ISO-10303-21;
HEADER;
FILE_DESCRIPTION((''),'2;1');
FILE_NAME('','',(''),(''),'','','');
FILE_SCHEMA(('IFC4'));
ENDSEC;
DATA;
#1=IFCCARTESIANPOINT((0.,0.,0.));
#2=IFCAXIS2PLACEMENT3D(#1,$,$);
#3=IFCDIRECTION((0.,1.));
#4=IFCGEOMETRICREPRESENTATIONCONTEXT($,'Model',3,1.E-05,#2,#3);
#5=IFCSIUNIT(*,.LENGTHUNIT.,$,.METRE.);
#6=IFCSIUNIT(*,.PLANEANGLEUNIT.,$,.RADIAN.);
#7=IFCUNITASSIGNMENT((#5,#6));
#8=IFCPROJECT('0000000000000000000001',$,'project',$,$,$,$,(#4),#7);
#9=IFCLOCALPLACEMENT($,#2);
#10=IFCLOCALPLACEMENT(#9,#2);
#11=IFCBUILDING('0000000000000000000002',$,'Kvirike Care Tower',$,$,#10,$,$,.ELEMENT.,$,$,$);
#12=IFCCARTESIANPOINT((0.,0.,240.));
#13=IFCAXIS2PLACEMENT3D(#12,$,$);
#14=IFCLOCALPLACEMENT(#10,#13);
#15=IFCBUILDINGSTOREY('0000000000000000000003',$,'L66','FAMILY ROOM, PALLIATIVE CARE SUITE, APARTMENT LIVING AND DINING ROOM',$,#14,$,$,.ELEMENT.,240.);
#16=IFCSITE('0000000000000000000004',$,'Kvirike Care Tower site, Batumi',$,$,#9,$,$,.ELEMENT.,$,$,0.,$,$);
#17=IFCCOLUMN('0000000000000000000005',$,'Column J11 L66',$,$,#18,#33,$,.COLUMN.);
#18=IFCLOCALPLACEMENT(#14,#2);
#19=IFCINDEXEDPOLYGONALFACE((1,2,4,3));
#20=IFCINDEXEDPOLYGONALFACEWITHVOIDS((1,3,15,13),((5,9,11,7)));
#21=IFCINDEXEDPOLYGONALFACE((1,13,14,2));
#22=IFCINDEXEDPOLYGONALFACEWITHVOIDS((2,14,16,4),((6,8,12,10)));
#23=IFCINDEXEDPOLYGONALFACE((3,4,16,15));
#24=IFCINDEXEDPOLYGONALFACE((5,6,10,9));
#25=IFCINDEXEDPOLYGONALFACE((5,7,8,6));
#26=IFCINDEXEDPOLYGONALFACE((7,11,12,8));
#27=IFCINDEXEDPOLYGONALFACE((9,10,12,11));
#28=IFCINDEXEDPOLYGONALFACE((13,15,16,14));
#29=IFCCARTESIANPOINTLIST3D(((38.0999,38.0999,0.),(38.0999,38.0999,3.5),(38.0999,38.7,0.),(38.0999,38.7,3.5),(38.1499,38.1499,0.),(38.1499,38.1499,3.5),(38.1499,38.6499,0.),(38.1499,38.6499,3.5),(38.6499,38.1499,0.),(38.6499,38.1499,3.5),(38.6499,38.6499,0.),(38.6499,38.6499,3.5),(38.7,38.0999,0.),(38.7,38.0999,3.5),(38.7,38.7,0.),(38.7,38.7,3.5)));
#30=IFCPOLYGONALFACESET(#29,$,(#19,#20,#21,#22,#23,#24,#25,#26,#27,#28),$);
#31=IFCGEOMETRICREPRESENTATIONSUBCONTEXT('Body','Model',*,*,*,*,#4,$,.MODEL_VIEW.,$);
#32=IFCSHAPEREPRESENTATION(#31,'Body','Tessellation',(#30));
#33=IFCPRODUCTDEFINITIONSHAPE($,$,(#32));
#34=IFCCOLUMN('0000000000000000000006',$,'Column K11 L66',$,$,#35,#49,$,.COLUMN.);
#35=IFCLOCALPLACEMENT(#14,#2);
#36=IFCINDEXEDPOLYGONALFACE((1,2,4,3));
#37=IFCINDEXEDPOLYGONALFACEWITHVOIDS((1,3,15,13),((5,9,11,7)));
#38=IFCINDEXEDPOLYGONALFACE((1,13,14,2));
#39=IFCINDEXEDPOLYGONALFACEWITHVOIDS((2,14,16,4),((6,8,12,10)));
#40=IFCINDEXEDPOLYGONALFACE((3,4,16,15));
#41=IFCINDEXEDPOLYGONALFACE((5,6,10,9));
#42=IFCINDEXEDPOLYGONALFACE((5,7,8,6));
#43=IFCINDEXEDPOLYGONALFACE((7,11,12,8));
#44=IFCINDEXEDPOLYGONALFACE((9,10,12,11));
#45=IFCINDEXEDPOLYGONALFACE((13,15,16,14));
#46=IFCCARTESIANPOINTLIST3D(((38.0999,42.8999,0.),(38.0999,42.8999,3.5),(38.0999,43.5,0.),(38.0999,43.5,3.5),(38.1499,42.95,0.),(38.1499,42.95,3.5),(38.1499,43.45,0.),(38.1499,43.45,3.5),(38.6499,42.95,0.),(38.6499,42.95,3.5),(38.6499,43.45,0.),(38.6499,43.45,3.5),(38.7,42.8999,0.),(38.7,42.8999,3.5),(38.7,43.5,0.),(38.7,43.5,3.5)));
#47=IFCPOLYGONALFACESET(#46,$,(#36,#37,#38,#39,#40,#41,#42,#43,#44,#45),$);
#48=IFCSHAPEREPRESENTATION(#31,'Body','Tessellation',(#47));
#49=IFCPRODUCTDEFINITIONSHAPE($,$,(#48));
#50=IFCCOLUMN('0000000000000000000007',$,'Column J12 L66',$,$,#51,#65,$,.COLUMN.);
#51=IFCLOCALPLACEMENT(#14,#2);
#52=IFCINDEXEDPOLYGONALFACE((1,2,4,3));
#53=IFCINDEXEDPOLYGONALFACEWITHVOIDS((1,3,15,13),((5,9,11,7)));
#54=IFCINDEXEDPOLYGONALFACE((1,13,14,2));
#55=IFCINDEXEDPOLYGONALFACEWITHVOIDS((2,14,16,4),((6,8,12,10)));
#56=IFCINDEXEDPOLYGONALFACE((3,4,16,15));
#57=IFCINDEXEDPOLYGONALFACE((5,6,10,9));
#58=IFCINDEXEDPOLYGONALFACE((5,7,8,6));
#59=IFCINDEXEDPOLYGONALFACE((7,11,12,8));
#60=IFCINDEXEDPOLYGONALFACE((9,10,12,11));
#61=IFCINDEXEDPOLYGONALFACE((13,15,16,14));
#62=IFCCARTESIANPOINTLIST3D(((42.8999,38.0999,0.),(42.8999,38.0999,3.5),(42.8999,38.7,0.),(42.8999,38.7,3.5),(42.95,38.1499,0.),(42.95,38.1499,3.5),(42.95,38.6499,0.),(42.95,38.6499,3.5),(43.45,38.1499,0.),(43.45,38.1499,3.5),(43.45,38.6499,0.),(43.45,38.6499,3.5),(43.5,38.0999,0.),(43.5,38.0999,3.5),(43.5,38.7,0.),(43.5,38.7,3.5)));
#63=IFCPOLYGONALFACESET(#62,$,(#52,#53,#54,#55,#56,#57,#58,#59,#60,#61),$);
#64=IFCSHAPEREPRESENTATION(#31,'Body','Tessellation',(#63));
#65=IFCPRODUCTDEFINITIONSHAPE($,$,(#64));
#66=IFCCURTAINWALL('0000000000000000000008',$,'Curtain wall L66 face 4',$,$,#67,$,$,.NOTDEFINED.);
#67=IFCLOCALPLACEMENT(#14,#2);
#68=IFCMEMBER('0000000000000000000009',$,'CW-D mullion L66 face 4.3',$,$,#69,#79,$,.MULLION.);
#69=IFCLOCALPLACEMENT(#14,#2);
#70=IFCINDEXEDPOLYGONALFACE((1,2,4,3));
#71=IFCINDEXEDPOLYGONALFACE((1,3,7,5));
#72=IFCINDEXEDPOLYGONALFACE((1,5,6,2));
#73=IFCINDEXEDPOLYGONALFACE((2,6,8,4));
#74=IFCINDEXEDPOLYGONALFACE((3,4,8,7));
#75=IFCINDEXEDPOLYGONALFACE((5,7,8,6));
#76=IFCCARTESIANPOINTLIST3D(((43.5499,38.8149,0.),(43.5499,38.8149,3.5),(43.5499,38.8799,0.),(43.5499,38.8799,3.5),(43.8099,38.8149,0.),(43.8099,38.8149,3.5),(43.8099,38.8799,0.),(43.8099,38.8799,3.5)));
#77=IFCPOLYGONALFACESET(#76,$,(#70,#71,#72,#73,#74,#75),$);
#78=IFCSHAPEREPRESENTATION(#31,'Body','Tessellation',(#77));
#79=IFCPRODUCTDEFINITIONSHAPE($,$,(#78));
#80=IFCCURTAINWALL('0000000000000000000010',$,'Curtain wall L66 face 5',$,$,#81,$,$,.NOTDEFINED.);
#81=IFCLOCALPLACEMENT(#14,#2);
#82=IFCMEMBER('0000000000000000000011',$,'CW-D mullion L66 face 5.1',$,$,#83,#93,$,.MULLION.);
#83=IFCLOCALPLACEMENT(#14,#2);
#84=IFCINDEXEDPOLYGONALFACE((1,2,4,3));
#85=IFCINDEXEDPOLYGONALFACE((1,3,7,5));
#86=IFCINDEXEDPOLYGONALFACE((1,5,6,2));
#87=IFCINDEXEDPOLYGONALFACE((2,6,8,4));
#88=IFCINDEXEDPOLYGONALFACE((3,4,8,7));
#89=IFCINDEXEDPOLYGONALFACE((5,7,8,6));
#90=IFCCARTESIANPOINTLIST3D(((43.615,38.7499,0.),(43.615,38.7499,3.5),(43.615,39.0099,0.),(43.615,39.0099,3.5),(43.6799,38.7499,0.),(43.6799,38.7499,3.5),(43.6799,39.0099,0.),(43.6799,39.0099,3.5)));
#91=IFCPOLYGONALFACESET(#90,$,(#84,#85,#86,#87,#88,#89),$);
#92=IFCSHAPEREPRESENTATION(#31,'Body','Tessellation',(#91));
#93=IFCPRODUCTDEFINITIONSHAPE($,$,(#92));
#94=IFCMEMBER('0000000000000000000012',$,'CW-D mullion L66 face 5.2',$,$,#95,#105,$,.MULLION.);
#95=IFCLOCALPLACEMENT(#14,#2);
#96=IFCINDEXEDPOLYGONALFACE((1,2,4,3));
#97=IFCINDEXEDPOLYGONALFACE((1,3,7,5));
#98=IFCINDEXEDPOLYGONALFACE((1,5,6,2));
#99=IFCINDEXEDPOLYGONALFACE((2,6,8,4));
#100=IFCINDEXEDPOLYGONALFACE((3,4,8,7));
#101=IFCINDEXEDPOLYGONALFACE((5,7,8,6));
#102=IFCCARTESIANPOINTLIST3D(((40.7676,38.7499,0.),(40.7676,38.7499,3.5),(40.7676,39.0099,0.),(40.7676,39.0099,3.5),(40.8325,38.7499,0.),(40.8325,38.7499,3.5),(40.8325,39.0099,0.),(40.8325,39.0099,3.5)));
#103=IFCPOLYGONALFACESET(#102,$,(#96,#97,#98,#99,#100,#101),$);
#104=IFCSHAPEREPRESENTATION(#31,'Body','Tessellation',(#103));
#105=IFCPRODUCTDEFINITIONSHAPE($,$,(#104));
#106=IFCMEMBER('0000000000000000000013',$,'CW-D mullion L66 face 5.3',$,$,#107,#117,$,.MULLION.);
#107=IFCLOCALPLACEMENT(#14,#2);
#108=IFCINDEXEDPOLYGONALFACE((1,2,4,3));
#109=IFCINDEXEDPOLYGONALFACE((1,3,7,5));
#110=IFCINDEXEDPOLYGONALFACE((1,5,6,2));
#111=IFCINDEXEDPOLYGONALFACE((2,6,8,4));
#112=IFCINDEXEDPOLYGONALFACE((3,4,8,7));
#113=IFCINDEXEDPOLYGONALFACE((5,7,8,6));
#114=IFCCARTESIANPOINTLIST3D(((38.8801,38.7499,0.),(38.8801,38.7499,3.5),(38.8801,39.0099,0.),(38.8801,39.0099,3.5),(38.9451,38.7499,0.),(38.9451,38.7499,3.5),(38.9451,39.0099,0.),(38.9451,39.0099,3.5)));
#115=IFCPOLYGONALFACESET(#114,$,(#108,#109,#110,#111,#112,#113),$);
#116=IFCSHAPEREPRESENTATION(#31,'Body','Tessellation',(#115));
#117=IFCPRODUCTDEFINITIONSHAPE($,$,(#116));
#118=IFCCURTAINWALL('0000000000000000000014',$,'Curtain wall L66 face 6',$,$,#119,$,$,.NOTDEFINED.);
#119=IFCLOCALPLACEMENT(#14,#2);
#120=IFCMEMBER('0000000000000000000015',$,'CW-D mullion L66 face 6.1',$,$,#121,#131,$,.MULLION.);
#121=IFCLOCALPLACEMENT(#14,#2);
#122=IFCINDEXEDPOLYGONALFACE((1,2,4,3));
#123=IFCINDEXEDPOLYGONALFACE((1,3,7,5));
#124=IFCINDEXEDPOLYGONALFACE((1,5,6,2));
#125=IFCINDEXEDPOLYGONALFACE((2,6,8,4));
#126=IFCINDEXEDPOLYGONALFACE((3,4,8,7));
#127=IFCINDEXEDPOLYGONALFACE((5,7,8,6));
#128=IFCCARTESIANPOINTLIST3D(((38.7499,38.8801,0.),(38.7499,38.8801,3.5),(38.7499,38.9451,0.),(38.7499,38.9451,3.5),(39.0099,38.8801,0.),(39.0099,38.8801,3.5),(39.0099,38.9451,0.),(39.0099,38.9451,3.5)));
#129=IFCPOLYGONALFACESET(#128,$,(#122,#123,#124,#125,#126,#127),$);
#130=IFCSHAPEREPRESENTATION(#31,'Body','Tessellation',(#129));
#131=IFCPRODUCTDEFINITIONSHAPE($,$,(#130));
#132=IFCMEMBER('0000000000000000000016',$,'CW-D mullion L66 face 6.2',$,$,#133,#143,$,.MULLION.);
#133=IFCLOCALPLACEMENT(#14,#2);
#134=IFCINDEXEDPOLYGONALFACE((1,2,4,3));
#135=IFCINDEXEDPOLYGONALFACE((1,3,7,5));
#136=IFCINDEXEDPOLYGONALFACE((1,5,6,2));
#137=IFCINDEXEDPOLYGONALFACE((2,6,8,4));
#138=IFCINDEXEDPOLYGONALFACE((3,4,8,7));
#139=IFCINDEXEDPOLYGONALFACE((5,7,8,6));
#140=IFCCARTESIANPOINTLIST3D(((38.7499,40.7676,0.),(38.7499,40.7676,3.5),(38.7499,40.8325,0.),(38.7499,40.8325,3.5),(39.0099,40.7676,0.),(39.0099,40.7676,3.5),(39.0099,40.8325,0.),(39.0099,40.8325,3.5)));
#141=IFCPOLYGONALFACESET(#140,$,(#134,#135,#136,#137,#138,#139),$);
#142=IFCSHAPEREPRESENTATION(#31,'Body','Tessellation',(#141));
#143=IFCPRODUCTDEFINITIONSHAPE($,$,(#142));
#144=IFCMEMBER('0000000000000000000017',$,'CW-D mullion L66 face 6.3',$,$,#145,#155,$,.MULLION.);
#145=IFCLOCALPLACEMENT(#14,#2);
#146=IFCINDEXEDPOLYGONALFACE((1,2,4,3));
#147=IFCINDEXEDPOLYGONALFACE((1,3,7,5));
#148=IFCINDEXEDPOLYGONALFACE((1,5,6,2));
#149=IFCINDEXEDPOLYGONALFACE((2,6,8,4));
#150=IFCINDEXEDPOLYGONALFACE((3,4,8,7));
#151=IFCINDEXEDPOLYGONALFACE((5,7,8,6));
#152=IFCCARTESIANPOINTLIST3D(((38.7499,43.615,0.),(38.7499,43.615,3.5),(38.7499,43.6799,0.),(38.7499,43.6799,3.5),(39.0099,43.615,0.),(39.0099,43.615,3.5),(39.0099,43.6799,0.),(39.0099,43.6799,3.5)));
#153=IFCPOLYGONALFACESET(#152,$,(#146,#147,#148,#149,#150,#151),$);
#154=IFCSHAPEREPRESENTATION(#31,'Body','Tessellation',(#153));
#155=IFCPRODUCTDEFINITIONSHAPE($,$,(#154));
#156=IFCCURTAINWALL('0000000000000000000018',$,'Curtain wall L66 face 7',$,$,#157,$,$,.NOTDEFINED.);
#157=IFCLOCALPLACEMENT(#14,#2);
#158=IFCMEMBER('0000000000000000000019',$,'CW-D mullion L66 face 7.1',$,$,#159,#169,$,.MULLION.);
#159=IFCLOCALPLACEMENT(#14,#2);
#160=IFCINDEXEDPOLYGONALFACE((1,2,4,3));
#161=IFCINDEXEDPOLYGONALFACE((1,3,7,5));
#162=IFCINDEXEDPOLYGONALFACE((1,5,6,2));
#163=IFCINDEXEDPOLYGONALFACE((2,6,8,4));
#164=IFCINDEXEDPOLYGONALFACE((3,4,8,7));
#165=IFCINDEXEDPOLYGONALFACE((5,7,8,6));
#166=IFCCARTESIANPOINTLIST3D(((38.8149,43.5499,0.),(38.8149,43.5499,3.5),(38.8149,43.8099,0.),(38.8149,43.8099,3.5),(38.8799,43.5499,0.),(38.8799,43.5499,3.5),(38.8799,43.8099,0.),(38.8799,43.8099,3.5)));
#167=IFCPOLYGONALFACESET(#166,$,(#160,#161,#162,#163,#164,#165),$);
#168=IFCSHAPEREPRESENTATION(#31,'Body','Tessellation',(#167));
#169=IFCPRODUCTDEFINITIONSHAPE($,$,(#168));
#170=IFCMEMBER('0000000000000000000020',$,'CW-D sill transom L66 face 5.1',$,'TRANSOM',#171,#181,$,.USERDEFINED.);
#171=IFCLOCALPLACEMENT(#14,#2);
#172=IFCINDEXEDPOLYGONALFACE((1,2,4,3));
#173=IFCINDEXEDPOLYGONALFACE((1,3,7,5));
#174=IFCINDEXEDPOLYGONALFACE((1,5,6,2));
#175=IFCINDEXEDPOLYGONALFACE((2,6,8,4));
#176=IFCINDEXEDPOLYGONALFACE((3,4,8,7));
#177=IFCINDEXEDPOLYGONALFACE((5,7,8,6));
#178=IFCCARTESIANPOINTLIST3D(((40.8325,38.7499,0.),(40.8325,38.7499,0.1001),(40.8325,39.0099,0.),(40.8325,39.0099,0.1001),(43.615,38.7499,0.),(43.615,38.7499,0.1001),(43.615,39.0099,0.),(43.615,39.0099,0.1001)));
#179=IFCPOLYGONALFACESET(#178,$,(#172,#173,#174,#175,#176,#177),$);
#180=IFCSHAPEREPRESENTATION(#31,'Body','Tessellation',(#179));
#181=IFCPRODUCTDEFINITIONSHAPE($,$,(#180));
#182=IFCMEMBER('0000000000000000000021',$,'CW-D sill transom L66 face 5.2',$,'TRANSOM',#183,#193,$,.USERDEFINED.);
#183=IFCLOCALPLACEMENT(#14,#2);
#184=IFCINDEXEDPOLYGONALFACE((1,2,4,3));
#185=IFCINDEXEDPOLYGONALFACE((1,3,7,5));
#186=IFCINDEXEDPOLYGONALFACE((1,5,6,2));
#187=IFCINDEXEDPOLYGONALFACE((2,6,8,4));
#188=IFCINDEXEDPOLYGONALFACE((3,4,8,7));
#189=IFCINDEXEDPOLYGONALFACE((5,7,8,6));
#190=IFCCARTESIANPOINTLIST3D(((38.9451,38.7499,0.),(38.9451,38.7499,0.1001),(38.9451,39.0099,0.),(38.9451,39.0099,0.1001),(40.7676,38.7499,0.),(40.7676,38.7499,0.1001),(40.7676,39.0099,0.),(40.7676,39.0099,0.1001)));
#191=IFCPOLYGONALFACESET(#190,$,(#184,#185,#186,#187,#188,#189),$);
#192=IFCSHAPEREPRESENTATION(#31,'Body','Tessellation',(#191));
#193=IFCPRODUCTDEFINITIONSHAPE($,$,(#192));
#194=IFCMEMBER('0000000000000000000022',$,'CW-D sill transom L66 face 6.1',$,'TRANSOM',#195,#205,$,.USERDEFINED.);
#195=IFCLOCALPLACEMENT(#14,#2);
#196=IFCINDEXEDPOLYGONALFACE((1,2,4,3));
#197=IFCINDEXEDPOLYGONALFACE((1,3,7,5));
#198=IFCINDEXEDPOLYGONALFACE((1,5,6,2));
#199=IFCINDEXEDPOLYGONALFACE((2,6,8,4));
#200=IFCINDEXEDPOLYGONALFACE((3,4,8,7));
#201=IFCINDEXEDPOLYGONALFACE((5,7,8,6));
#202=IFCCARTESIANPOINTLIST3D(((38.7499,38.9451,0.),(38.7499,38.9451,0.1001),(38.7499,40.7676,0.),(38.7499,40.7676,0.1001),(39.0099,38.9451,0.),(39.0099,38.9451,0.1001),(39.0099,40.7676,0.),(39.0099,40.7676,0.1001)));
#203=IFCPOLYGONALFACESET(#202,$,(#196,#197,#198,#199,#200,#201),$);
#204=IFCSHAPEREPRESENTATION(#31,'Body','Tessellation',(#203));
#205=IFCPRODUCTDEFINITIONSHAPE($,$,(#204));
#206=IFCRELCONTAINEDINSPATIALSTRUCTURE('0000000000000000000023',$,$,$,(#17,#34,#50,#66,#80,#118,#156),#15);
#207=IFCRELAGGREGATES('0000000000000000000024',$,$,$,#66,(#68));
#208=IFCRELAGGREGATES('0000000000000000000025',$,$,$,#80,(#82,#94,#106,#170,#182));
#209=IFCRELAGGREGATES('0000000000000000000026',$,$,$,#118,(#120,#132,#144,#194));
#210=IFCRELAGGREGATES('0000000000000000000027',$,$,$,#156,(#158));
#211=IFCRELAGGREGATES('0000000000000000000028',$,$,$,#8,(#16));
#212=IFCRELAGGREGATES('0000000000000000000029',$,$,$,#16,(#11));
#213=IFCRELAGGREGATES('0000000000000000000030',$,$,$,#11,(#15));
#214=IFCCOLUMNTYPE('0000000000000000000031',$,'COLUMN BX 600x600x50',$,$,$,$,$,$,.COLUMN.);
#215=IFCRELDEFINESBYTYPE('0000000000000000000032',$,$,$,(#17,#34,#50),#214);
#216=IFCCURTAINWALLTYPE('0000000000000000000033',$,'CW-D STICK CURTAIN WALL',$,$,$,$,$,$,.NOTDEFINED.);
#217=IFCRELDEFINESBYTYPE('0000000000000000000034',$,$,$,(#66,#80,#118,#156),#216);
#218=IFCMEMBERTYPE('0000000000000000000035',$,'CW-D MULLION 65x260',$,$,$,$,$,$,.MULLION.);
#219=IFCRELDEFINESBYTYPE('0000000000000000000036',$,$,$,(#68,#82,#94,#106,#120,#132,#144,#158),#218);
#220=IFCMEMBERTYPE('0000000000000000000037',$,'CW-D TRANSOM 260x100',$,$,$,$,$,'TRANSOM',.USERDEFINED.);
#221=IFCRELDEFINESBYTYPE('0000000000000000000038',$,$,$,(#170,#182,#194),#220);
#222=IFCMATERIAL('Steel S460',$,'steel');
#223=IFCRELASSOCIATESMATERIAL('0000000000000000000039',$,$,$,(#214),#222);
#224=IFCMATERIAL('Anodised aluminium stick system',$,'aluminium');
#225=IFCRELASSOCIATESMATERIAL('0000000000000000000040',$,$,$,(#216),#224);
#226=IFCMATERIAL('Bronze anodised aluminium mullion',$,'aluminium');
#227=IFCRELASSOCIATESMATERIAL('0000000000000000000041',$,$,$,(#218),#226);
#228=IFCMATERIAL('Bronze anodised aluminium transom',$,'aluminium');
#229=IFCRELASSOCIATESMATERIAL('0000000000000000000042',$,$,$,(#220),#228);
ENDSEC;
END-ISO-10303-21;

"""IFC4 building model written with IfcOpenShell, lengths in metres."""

from ifc_helpers import new_model, si_unit, direction, frame, origin, origin_2d, place, context, subcontext, project, spatial, rectangle, hollow_rectangle, extrude, material, material_profile, profile_set, type_object, element, aggregate, save


model = new_model("IFC4")

# Units and contexts
model_context = context("Model", 3, precision=1e-05, world=origin(), true_north=direction((0.0, 1.0)))
body_context = subcontext(model_context, "Body", "Model", "MODEL_VIEW")
ifc_project = project(units=[si_unit("LENGTHUNIT", "METRE"), si_unit("PLANEANGLEUNIT", "RADIAN")], contexts=[model_context])

# Site, building, storey
site_placement = place(None, origin())
site = spatial("IfcSite", under=ifc_project, at=site_placement, Name="Kvirike Care Tower site, Batumi", CompositionType="ELEMENT", RefElevation=0.0)
building_placement = place(site_placement, origin())
building = spatial("IfcBuilding", under=site, at=building_placement, Name="Kvirike Care Tower", CompositionType="ELEMENT")
storey_placement = place(building_placement, frame((0.0, 0.0, 240.0)))
storey = spatial("IfcBuildingStorey", under=building, at=storey_placement, Name="L66", Description="FAMILY ROOM, PALLIATIVE CARE SUITE, APARTMENT LIVING AND DINING ROOM", CompositionType="ELEMENT", Elevation=240.0)

# Columns
ifc_material_1 = material(Name="Steel S460", Category="steel")
ifc_material_profile_1 = material_profile(ifc_material_1, hollow_rectangle(XDim=0.6001, YDim=0.6001, WallThickness=0.05, at=origin_2d()), Name="BX 600x600x50")
ifc_profile_set_1 = profile_set([ifc_material_profile_1], Name="Steel S460")
column_type = type_object("IfcColumnType", Name="COLUMN BX 600x600x50", PredefinedType="COLUMN", material=ifc_profile_set_1)
for number, where, z_axis, x_axis, name in (
    (1, (38.3999, 38.3999, 0.0), (0.0, 0.0, 1.0), (0.0, 1.0, 0.0), "Column J11 L66"),
    (2, (38.3999, 43.2, 0.0), (0.0, 0.0, 1.0), (0.0, 1.0, 0.0), "Column K11 L66"),
    (3, (43.2, 38.3999, 0.0), (0.0, 0.0, 1.0), (0.0, 1.0, 0.0), "Column J12 L66"),
):
    element("IfcColumn", number, at=place(storey_placement, frame(where, z_axis=z_axis, x_axis=x_axis)), inside=storey, type_object=column_type, Name=name, PredefinedType="COLUMN", context=body_context, shape_type="SweptSolid", body=[
        extrude(hollow_rectangle(XDim=0.6001, YDim=0.6001, WallThickness=0.05, at=origin_2d()), origin(), (0.0, 0.0, 1.0), 3.5),
    ])

# Curtain wall, member
ifc_material_2 = material(Name="Anodised aluminium stick system", Category="aluminium")
curtain_wall_type = type_object("IfcCurtainWallType", Name="CW-D STICK CURTAIN WALL", PredefinedType="NOTDEFINED", material=ifc_material_2)
curtain_wall_1_placement = place(storey_placement, origin())
curtain_wall_1 = element("IfcCurtainWall", 4, at=curtain_wall_1_placement, inside=storey, type_object=curtain_wall_type, Name="Curtain wall L66 face 4", PredefinedType="NOTDEFINED")
ifc_material_3 = material(Name="Bronze anodised aluminium mullion", Category="aluminium")
ifc_material_profile_2 = material_profile(ifc_material_3, rectangle(XDim=0.0649, YDim=0.26, at=origin_2d()), Name="CW-D MULLION 65x260")
ifc_profile_set_2 = profile_set([ifc_material_profile_2], Name="Bronze anodised aluminium mullion")
member_type_1 = type_object("IfcMemberType", Name="CW-D MULLION 65x260", PredefinedType="MULLION", material=ifc_profile_set_2)
member_1_placement = place(storey_placement, frame((43.6799, 38.8474, 0.0), z_axis=(0.0, 0.0, 1.0), x_axis=(0.0, 1.0, 0.0)))
member_1 = element("IfcMember", 5, at=member_1_placement, type_object=member_type_1, Name="CW-D mullion L66 face 4.3", PredefinedType="MULLION", context=body_context, shape_type="SweptSolid", body=[
    extrude(rectangle(XDim=0.0649, YDim=0.26, at=origin_2d()), origin(), (0.0, 0.0, 1.0), 3.5),
])

# Curtain walls, members
curtain_wall_2_placement = place(storey_placement, origin())
curtain_wall_2 = element("IfcCurtainWall", 6, at=curtain_wall_2_placement, inside=storey, type_object=curtain_wall_type, Name="Curtain wall L66 face 5", PredefinedType="NOTDEFINED")
member_2_placement = place(storey_placement, frame((43.6475, 38.8799, 0.0), z_axis=(0.0, 0.0, 1.0), x_axis=(-1.0, 0.0, 0.0)))
member_2 = element("IfcMember", 7, at=member_2_placement, type_object=member_type_1, Name="CW-D mullion L66 face 5.1", PredefinedType="MULLION", context=body_context, shape_type="SweptSolid", body=[
    extrude(rectangle(XDim=0.0649, YDim=0.26, at=origin_2d()), origin(), (0.0, 0.0, 1.0), 3.5),
])
member_3_placement = place(storey_placement, frame((40.8, 38.8799, 0.0), z_axis=(0.0, 0.0, 1.0), x_axis=(-1.0, 0.0, 0.0)))
member_3 = element("IfcMember", 8, at=member_3_placement, type_object=member_type_1, Name="CW-D mullion L66 face 5.2", PredefinedType="MULLION", context=body_context, shape_type="SweptSolid", body=[
    extrude(rectangle(XDim=0.0649, YDim=0.26, at=origin_2d()), origin(), (0.0, 0.0, 1.0), 3.5),
])
member_4_placement = place(storey_placement, frame((38.9126, 38.8799, 0.0), z_axis=(0.0, 0.0, 1.0), x_axis=(-1.0, 0.0, 0.0)))
member_4 = element("IfcMember", 9, at=member_4_placement, type_object=member_type_1, Name="CW-D mullion L66 face 5.3", PredefinedType="MULLION", context=body_context, shape_type="SweptSolid", body=[
    extrude(rectangle(XDim=0.0649, YDim=0.26, at=origin_2d()), origin(), (0.0, 0.0, 1.0), 3.5),
])
curtain_wall_3_placement = place(storey_placement, origin())
curtain_wall_3 = element("IfcCurtainWall", 10, at=curtain_wall_3_placement, inside=storey, type_object=curtain_wall_type, Name="Curtain wall L66 face 6", PredefinedType="NOTDEFINED")
member_5_placement = place(storey_placement, frame((38.8799, 38.9126, 0.0), z_axis=(0.0, 0.0, 1.0), x_axis=(0.0, 1.0, 0.0)))
member_5 = element("IfcMember", 11, at=member_5_placement, type_object=member_type_1, Name="CW-D mullion L66 face 6.1", PredefinedType="MULLION", context=body_context, shape_type="SweptSolid", body=[
    extrude(rectangle(XDim=0.0649, YDim=0.26, at=origin_2d()), origin(), (0.0, 0.0, 1.0), 3.5),
])
member_6_placement = place(storey_placement, frame((38.8799, 40.8, 0.0), z_axis=(0.0, 0.0, 1.0), x_axis=(0.0, 1.0, 0.0)))
member_6 = element("IfcMember", 12, at=member_6_placement, type_object=member_type_1, Name="CW-D mullion L66 face 6.2", PredefinedType="MULLION", context=body_context, shape_type="SweptSolid", body=[
    extrude(rectangle(XDim=0.0649, YDim=0.26, at=origin_2d()), origin(), (0.0, 0.0, 1.0), 3.5),
])
member_7_placement = place(storey_placement, frame((38.8799, 43.6475, 0.0), z_axis=(0.0, 0.0, 1.0), x_axis=(0.0, 1.0, 0.0)))
member_7 = element("IfcMember", 13, at=member_7_placement, type_object=member_type_1, Name="CW-D mullion L66 face 6.3", PredefinedType="MULLION", context=body_context, shape_type="SweptSolid", body=[
    extrude(rectangle(XDim=0.0649, YDim=0.26, at=origin_2d()), origin(), (0.0, 0.0, 1.0), 3.5),
])

# Curtain wall, member
curtain_wall_4_placement = place(storey_placement, origin())
curtain_wall_4 = element("IfcCurtainWall", 14, at=curtain_wall_4_placement, inside=storey, type_object=curtain_wall_type, Name="Curtain wall L66 face 7", PredefinedType="NOTDEFINED")
member_8_placement = place(storey_placement, frame((38.8474, 43.6799, 0.0), z_axis=(0.0, 0.0, 1.0), x_axis=(-1.0, 0.0, 0.0)))
member_8 = element("IfcMember", 15, at=member_8_placement, type_object=member_type_1, Name="CW-D mullion L66 face 7.1", PredefinedType="MULLION", context=body_context, shape_type="SweptSolid", body=[
    extrude(rectangle(XDim=0.0649, YDim=0.26, at=origin_2d()), origin(), (0.0, 0.0, 1.0), 3.5),
])

# Members
ifc_material_4 = material(Name="Bronze anodised aluminium transom", Category="aluminium")
ifc_material_profile_3 = material_profile(ifc_material_4, rectangle(XDim=0.26, YDim=0.1001, at=origin_2d()), Name="CW-D TRANSOM 260x100")
ifc_profile_set_3 = profile_set([ifc_material_profile_3], Name="Bronze anodised aluminium transom")
member_type_2 = type_object("IfcMemberType", Name="CW-D TRANSOM 260x100", ElementType="TRANSOM", PredefinedType="USERDEFINED", material=ifc_profile_set_3)
member_9_placement = place(storey_placement, frame((43.615, 38.8799, 0.05), z_axis=(-1.0, 0.0, 0.0), x_axis=(0.0, -1.0, 0.0)))
member_9 = element("IfcMember", 16, at=member_9_placement, type_object=member_type_2, Name="CW-D sill transom L66 face 5.1", ObjectType="TRANSOM", PredefinedType="USERDEFINED", context=body_context, shape_type="SweptSolid", body=[
    extrude(rectangle(XDim=0.26, YDim=0.1001, at=origin_2d()), origin(), (0.0, 0.0, 1.0), 2.7825),
])
member_10_placement = place(storey_placement, frame((40.7676, 38.8799, 0.05), z_axis=(-1.0, 0.0, 0.0), x_axis=(0.0, -1.0, 0.0)))
member_10 = element("IfcMember", 17, at=member_10_placement, type_object=member_type_2, Name="CW-D sill transom L66 face 5.2", ObjectType="TRANSOM", PredefinedType="USERDEFINED", context=body_context, shape_type="SweptSolid", body=[
    extrude(rectangle(XDim=0.26, YDim=0.1001, at=origin_2d()), origin(), (0.0, 0.0, 1.0), 1.8225),
])
member_11_placement = place(storey_placement, frame((38.8799, 38.9451, 0.05), z_axis=(0.0, 1.0, 0.0), x_axis=(-1.0, 0.0, 0.0)))
member_11 = element("IfcMember", 18, at=member_11_placement, type_object=member_type_2, Name="CW-D sill transom L66 face 6.1", ObjectType="TRANSOM", PredefinedType="USERDEFINED", context=body_context, shape_type="SweptSolid", body=[
    extrude(rectangle(XDim=0.26, YDim=0.1001, at=origin_2d()), origin(), (0.0, 0.0, 1.0), 1.8225),
])

aggregate(curtain_wall_1, [member_1])
aggregate(curtain_wall_2, [member_2, member_3, member_4, member_9, member_10])
aggregate(curtain_wall_3, [member_5, member_6, member_7, member_11])
aggregate(curtain_wall_4, [member_8])

save(model, "model.ifc")
